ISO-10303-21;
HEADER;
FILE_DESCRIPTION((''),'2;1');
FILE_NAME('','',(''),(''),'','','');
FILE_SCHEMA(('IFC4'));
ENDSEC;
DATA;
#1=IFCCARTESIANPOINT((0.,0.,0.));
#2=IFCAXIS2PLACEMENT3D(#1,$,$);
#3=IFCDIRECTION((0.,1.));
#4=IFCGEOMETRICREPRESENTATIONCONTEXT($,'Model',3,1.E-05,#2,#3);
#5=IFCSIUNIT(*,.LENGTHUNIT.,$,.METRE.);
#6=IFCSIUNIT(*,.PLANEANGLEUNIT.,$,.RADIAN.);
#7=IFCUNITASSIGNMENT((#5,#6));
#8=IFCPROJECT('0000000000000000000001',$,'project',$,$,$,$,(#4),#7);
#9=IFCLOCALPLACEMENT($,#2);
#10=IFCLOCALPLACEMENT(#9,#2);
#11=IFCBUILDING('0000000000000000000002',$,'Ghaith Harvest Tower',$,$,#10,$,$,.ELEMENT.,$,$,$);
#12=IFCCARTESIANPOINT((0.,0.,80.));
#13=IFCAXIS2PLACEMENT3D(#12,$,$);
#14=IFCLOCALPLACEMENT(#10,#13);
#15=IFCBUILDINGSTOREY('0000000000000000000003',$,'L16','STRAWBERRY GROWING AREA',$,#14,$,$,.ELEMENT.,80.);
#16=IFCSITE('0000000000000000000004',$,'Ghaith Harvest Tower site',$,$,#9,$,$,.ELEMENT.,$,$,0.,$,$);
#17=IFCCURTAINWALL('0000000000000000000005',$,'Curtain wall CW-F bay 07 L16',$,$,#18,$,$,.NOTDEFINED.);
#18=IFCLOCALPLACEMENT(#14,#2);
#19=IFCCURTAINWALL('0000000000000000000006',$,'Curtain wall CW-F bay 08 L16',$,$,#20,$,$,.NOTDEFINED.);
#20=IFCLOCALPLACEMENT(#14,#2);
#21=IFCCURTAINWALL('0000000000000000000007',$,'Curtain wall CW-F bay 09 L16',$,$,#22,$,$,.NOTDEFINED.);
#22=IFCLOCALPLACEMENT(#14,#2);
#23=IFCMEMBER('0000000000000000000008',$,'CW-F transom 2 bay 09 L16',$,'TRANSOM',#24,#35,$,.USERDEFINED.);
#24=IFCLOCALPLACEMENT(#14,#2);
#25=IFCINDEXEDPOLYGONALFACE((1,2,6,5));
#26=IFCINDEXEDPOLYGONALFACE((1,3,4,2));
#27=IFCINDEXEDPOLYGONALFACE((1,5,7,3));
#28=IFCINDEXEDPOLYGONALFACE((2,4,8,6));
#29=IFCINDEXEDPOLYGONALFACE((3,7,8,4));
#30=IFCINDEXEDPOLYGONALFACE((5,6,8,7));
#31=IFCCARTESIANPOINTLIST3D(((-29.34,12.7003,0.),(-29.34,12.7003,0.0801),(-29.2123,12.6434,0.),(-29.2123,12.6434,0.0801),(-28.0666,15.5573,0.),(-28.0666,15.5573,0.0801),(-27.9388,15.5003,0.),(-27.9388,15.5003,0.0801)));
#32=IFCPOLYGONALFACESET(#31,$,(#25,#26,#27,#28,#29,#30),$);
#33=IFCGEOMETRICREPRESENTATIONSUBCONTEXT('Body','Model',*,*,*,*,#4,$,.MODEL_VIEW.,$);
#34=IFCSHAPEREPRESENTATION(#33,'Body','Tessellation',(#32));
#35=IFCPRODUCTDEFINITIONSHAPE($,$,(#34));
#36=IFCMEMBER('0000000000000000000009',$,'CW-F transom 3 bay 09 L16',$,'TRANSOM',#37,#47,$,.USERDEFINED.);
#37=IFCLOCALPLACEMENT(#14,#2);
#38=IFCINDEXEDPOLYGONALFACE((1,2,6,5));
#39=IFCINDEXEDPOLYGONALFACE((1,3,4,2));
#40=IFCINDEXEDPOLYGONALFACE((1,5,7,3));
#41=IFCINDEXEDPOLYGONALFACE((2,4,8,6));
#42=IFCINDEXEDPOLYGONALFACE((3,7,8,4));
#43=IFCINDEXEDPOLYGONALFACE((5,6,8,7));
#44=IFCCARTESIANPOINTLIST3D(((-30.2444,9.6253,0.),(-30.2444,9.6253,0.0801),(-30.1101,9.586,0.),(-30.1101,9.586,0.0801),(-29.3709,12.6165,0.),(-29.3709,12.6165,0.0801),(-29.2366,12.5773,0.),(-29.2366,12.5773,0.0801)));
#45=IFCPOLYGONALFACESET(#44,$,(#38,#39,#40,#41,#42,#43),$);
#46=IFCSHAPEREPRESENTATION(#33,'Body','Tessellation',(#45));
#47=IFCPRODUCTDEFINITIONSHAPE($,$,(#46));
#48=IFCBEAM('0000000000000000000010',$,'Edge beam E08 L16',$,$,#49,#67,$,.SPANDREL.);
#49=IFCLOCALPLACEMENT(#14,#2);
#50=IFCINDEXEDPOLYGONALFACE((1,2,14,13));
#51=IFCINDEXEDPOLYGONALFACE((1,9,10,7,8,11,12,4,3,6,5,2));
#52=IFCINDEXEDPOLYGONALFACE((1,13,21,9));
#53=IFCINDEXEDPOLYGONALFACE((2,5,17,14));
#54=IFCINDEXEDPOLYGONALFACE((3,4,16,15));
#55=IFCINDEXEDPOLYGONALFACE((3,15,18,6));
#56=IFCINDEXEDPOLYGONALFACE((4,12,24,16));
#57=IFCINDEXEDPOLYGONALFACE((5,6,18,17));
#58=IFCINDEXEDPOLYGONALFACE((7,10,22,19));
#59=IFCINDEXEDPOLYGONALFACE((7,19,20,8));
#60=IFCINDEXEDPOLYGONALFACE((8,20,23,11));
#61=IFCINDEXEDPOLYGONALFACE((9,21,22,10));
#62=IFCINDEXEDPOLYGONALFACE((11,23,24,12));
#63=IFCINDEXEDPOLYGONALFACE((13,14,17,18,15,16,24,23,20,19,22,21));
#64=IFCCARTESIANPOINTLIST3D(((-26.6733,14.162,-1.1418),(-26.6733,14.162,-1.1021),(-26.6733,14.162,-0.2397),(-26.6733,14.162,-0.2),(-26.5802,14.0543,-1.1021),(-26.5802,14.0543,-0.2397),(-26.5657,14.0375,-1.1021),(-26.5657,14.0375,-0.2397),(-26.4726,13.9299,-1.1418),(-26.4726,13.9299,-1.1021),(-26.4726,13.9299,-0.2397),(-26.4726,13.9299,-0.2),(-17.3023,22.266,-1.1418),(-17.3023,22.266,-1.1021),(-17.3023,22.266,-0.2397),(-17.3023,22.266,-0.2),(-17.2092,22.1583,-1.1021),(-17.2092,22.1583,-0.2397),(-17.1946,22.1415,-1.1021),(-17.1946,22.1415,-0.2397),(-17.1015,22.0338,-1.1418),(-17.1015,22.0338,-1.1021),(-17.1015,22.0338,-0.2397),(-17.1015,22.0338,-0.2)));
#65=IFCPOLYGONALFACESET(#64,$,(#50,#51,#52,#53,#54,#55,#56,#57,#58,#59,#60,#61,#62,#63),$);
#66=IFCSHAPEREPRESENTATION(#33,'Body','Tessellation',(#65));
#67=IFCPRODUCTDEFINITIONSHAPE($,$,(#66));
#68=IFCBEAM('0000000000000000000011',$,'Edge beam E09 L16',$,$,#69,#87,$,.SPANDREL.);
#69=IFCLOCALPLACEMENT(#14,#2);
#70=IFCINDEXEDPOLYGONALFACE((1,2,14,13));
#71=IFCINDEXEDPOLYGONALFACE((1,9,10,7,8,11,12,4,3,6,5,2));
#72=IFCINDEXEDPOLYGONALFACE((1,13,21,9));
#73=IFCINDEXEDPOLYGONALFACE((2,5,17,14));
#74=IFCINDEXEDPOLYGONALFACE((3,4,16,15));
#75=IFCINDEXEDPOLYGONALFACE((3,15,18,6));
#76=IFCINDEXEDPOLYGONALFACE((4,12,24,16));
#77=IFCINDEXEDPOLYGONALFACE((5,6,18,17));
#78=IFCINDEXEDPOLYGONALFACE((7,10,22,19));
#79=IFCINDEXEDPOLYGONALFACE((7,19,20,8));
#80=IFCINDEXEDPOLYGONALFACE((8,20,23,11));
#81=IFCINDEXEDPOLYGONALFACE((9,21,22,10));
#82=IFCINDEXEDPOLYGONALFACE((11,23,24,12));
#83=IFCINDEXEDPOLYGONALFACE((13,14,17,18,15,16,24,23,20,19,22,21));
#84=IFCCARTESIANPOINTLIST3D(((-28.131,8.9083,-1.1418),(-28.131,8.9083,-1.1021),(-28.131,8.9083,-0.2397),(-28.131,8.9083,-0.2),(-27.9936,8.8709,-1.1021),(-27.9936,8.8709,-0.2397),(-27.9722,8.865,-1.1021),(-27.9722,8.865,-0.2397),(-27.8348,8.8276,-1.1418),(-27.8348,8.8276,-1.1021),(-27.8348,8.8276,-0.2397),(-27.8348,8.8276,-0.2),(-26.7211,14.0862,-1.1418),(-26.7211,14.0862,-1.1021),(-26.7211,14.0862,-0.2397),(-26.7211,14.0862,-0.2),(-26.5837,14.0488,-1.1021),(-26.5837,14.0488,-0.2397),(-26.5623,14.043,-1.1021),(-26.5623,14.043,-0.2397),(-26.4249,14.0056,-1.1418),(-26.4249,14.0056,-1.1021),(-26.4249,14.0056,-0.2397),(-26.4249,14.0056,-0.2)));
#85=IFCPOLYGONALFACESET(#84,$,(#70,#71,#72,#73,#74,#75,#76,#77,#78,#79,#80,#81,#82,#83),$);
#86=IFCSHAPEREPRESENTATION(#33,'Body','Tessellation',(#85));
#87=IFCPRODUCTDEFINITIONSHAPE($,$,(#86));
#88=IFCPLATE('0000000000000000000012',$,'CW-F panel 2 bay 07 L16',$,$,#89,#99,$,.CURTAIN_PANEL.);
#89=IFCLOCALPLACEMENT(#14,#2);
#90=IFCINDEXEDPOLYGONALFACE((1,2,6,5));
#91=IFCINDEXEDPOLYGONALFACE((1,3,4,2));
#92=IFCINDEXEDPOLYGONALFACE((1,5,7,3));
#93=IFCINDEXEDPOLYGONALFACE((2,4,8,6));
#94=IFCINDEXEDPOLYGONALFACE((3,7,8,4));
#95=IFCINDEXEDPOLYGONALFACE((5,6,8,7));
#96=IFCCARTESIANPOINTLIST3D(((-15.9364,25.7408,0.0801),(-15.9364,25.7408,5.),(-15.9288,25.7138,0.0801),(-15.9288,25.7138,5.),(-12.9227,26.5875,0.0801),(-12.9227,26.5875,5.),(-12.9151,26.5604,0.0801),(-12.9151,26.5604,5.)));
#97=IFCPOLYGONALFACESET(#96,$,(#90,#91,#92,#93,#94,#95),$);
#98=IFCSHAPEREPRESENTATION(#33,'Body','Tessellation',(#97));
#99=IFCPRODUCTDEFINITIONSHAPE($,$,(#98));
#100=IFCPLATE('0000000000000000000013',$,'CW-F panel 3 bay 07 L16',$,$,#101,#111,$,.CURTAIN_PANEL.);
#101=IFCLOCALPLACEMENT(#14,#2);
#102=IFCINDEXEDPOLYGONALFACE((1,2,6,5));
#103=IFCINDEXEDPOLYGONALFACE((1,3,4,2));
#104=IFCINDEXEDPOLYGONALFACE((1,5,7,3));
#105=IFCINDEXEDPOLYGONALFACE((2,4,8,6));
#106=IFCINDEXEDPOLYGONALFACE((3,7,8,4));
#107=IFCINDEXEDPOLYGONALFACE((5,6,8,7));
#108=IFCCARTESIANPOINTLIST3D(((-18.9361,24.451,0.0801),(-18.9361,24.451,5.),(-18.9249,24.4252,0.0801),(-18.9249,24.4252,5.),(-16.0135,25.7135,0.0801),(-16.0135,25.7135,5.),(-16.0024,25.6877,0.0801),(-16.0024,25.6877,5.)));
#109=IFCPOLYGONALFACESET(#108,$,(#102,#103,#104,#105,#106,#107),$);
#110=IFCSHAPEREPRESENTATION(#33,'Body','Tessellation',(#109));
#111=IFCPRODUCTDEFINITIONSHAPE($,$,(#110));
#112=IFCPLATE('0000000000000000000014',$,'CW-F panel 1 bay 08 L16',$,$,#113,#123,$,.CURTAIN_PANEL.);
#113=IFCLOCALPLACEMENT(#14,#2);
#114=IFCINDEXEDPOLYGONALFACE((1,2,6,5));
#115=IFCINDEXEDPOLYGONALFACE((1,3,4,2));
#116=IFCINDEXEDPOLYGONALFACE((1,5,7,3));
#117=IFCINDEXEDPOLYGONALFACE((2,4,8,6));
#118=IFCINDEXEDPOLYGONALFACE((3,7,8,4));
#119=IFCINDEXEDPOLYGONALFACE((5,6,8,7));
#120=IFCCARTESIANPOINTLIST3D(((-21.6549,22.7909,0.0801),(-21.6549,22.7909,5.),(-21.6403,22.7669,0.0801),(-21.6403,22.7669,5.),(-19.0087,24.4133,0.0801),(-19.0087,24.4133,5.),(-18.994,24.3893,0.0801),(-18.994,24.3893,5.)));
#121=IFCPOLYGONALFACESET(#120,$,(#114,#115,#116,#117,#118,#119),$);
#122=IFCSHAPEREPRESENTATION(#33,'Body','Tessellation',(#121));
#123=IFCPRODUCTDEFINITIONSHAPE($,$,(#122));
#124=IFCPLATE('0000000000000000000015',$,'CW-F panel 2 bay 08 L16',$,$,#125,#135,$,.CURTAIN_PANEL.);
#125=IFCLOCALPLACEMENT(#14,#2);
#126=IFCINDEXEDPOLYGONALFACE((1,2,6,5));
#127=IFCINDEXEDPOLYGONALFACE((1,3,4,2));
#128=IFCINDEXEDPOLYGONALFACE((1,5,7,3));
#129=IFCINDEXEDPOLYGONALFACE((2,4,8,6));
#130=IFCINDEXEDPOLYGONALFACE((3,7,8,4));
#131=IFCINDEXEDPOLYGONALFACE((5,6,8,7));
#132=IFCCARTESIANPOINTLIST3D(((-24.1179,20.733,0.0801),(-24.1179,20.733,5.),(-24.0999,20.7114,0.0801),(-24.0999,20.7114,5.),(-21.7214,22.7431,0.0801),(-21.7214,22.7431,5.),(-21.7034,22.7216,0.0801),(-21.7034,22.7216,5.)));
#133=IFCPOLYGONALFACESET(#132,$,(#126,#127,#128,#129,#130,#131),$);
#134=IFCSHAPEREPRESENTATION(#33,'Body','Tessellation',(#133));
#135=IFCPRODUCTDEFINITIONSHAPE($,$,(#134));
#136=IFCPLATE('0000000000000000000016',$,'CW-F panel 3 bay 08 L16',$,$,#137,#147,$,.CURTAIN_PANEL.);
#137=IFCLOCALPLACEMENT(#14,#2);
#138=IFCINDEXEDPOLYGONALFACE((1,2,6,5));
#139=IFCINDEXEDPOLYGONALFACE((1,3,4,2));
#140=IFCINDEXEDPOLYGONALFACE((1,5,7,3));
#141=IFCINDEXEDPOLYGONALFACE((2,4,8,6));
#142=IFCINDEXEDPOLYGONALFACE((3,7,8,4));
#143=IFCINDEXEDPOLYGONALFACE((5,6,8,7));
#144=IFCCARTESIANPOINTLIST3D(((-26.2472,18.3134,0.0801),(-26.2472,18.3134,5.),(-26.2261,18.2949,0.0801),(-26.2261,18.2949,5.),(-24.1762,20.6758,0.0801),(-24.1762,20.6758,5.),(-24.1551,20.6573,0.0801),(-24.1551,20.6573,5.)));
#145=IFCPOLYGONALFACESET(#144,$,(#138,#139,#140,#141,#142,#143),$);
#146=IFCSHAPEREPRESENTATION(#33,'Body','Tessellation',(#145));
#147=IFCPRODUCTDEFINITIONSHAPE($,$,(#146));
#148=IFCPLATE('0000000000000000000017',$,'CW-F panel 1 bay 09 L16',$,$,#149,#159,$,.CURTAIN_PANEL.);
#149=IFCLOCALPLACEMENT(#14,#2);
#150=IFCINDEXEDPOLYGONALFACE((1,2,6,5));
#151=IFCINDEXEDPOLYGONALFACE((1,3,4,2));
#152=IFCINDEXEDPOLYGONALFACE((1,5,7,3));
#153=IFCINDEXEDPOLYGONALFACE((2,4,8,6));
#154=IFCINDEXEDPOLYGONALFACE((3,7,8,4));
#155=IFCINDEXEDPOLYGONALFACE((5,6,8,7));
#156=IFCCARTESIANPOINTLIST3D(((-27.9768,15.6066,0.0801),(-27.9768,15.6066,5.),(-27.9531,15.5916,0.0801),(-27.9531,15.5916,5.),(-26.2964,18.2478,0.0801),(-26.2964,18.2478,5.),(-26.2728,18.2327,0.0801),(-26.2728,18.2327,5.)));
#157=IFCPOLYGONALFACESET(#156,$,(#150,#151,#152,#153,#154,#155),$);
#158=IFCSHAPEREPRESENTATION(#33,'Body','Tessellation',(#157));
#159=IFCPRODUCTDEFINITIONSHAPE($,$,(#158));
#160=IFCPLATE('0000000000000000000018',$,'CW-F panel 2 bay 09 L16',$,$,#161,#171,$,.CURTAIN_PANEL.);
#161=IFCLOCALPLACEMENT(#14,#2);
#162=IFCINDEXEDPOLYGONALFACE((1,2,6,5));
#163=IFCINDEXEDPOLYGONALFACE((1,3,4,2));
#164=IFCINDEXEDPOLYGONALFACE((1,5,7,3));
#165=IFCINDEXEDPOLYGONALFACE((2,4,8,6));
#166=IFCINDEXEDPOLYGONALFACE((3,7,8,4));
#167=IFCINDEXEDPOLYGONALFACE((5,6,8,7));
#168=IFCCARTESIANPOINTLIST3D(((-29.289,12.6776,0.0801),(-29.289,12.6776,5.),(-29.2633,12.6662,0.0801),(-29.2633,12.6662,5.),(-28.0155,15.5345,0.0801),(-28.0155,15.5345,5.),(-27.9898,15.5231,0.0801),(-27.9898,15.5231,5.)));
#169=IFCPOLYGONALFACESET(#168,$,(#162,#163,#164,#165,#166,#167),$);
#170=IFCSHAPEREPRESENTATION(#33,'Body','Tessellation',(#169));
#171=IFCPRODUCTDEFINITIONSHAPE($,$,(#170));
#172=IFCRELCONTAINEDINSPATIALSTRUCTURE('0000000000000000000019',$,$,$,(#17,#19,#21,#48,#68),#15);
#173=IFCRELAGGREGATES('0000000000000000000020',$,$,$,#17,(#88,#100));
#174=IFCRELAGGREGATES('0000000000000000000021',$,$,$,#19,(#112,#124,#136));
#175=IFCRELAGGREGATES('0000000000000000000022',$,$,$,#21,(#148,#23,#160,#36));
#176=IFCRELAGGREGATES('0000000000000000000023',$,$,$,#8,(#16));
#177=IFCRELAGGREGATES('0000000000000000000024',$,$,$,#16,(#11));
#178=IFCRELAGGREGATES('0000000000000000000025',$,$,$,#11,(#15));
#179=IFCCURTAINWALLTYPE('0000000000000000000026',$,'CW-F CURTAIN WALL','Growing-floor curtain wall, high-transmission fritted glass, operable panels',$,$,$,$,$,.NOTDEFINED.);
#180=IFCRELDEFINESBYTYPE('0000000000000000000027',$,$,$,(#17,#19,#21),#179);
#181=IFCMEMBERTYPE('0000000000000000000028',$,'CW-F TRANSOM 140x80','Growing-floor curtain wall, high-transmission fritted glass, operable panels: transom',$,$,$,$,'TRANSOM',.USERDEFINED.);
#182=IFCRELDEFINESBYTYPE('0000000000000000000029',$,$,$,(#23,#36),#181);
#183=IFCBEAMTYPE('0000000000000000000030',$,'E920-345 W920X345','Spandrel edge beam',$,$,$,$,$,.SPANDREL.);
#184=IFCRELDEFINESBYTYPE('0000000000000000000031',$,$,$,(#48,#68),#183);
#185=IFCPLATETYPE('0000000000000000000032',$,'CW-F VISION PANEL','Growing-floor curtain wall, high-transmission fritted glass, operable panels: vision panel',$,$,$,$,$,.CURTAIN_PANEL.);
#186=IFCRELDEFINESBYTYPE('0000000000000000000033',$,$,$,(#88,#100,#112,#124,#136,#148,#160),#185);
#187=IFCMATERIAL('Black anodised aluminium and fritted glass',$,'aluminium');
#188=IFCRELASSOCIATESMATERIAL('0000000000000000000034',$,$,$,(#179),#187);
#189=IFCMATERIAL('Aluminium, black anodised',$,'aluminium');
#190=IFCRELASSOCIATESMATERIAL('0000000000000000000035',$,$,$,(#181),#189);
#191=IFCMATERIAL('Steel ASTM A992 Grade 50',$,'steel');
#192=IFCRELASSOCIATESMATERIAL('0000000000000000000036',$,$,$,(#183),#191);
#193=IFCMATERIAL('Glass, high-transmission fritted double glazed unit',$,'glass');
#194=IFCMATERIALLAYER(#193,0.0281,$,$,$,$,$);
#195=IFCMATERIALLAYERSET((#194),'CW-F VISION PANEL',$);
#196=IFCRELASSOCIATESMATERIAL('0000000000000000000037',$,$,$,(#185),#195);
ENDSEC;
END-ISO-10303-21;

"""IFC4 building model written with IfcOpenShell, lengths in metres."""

from ifc_helpers import new_model, si_unit, direction, frame, origin, origin_2d, place, context, subcontext, project, spatial, rectangle, i_section, extrude, material, layer, layer_set, material_profile, profile_set, type_object, element, aggregate, save


model = new_model("IFC4")

# Units and contexts
model_context = context("Model", 3, precision=1e-05, world=origin(), true_north=direction((0.0, 1.0)))
body_context = subcontext(model_context, "Body", "Model", "MODEL_VIEW")
ifc_project = project(units=[si_unit("LENGTHUNIT", "METRE"), si_unit("PLANEANGLEUNIT", "RADIAN")], contexts=[model_context])

# Site, building, storey
site_placement = place(None, origin())
site = spatial("IfcSite", under=ifc_project, at=site_placement, Name="Ghaith Harvest Tower site", CompositionType="ELEMENT", RefElevation=0.0)
building_placement = place(site_placement, origin())
building = spatial("IfcBuilding", under=site, at=building_placement, Name="Ghaith Harvest Tower", CompositionType="ELEMENT")
storey_placement = place(building_placement, frame((0.0, 0.0, 80.0)))
storey = spatial("IfcBuildingStorey", under=building, at=storey_placement, Name="L16", Description="STRAWBERRY GROWING AREA", CompositionType="ELEMENT", Elevation=80.0)

# Curtain wall
ifc_material_1 = material(Name="Black anodised aluminium and fritted glass", Category="aluminium")
curtain_wall_type = type_object("IfcCurtainWallType", Name="CW-F CURTAIN WALL", Description="Growing-floor curtain wall, high-transmission fritted glass, operable panels", PredefinedType="NOTDEFINED", material=ifc_material_1)
curtain_wall_1_placement = place(storey_placement, origin())
curtain_wall_1 = element("IfcCurtainWall", 1, at=curtain_wall_1_placement, inside=storey, type_object=curtain_wall_type, Name="Curtain wall CW-F bay 07 L16", PredefinedType="NOTDEFINED")

# Curtain walls
curtain_wall_2_placement = place(storey_placement, origin())
curtain_wall_2 = element("IfcCurtainWall", 2, at=curtain_wall_2_placement, inside=storey, type_object=curtain_wall_type, Name="Curtain wall CW-F bay 08 L16", PredefinedType="NOTDEFINED")
curtain_wall_3_placement = place(storey_placement, origin())
curtain_wall_3 = element("IfcCurtainWall", 3, at=curtain_wall_3_placement, inside=storey, type_object=curtain_wall_type, Name="Curtain wall CW-F bay 09 L16", PredefinedType="NOTDEFINED")

# Members
ifc_material_2 = material(Name="Aluminium, black anodised", Category="aluminium")
ifc_material_profile_1 = material_profile(ifc_material_2, rectangle(XDim=0.1399, YDim=0.0801, at=origin_2d()), Name="CW-F TRANSOM 140x80")
ifc_profile_set_1 = profile_set([ifc_material_profile_1], Name="Aluminium, black anodised")
member_type_1 = type_object("IfcMemberType", Name="CW-F TRANSOM 140x80", Description="Growing-floor curtain wall, high-transmission fritted glass, operable panels: transom", ElementType="TRANSOM", PredefinedType="USERDEFINED", material=ifc_profile_set_1)
member_1_placement = place(storey_placement, frame((-28.0027, 15.5288, 0.04), z_axis=(-0.407123, -0.913373, 0.0), x_axis=(0.913373, -0.407123, 0.0)))
member_1 = element("IfcMember", 4, at=member_1_placement, type_object=member_type_1, Name="CW-F transom 2 bay 09 L16", ObjectType="TRANSOM", PredefinedType="USERDEFINED", context=body_context, shape_type="SweptSolid", body=[
    extrude(rectangle(XDim=0.1399, YDim=0.0801, at=origin_2d()), origin(), (0.0, 0.0, 1.0), 3.1279),
])
member_2_placement = place(storey_placement, frame((-29.3037, 12.5969, 0.04), z_axis=(-0.280325, -0.959905, 0.0), x_axis=(0.959905, -0.280325, 0.0)))
member_2 = element("IfcMember", 5, at=member_2_placement, type_object=member_type_1, Name="CW-F transom 3 bay 09 L16", ObjectType="TRANSOM", PredefinedType="USERDEFINED", context=body_context, shape_type="SweptSolid", body=[
    extrude(rectangle(XDim=0.1399, YDim=0.0801, at=origin_2d()), origin(), (0.0, 0.0, 1.0), 3.1162),
])

# Beams
ifc_material_3 = material(Name="Steel ASTM A992 Grade 50", Category="steel")
ifc_material_profile_2 = material_profile(ifc_material_3, i_section(OverallWidth=0.3069, OverallDepth=0.9419, WebThickness=0.0222, FlangeThickness=0.0398, at=origin_2d()), Name="W920X345")
ifc_profile_set_2 = profile_set([ifc_material_profile_2], Name="Steel ASTM A992 Grade 50")
beam_type = type_object("IfcBeamType", Name="E920-345 W920X345", Description="Spandrel edge beam", PredefinedType="SPANDREL", material=ifc_profile_set_2)
beam_1_placement = place(storey_placement, frame((-17.2019, 22.1499, -0.6709), z_axis=(-0.756392, -0.654118, 0.0), x_axis=(0.654118, -0.756392, 0.0)))
element("IfcBeam", 6, at=beam_1_placement, inside=storey, type_object=beam_type, Name="Edge beam E08 L16", PredefinedType="SPANDREL", context=body_context, shape_type="SweptSolid", body=[
    extrude(i_section(OverallWidth=0.3069, OverallDepth=0.9419, WebThickness=0.0222, FlangeThickness=0.0398, at=origin_2d()), origin(), (0.0, 0.0, 1.0), 12.3892),
])
beam_2_placement = place(storey_placement, frame((-26.573, 14.0459, -0.6709), z_axis=(-0.262725, -0.964871, 0.0), x_axis=(0.964871, -0.262725, 0.0)))
element("IfcBeam", 7, at=beam_2_placement, inside=storey, type_object=beam_type, Name="Edge beam E09 L16", PredefinedType="SPANDREL", context=body_context, shape_type="SweptSolid", body=[
    extrude(i_section(OverallWidth=0.3069, OverallDepth=0.9419, WebThickness=0.0222, FlangeThickness=0.0398, at=origin_2d()), origin(), (0.0, 0.0, 1.0), 5.3665),
])

# Plates
ifc_material_4 = material(Name="Glass, high-transmission fritted double glazed unit", Category="glass")
ifc_layer_1 = layer(ifc_material_4, 0.0281)
ifc_layer_set_1 = layer_set([ifc_layer_1], Name="CW-F VISION PANEL")
plate_type = type_object("IfcPlateType", Name="CW-F VISION PANEL", Description="Growing-floor curtain wall, high-transmission fritted glass, operable panels: vision panel", PredefinedType="CURTAIN_PANEL", material=ifc_layer_set_1)
plate_1_placement = place(storey_placement, frame((-14.4258, 26.1506, 0.0801), z_axis=(0.0, 0.0, 1.0), x_axis=(-0.96273, -0.270465, 0.0)))
plate_1 = element("IfcPlate", 8, at=plate_1_placement, type_object=plate_type, Name="CW-F panel 2 bay 07 L16", PredefinedType="CURTAIN_PANEL", context=body_context, shape_type="SweptSolid", body=[
    extrude(rectangle(XDim=3.1304, YDim=0.0281, at=origin_2d()), origin(), (0.0, 0.0, 1.0), 4.9199),
])
plate_2_placement = place(storey_placement, frame((-17.4692, 25.0693, 0.0801), z_axis=(0.0, 0.0, 1.0), x_axis=(-0.918003, -0.396574, 0.0)))
plate_2 = element("IfcPlate", 9, at=plate_2_placement, type_object=plate_type, Name="CW-F panel 3 bay 07 L16", PredefinedType="CURTAIN_PANEL", context=body_context, shape_type="SweptSolid", body=[
    extrude(rectangle(XDim=3.1836, YDim=0.0281, at=origin_2d()), origin(), (0.0, 0.0, 1.0), 4.9199),
])
aggregate(curtain_wall_1, [plate_1, plate_2])
plate_3_placement = place(storey_placement, frame((-20.3245, 23.5901, 0.0801), z_axis=(0.0, 0.0, 1.0), x_axis=(-0.852528, -0.522682, 0.0)))
plate_3 = element("IfcPlate", 10, at=plate_3_placement, type_object=plate_type, Name="CW-F panel 1 bay 08 L16", PredefinedType="CURTAIN_PANEL", context=body_context, shape_type="SweptSolid", body=[
    extrude(rectangle(XDim=3.104, YDim=0.0281, at=origin_2d()), origin(), (0.0, 0.0, 1.0), 4.9199),
])
plate_4_placement = place(storey_placement, frame((-22.9106, 21.7273, 0.0801), z_axis=(0.0, 0.0, 1.0), x_axis=(-0.766155, -0.642656, 0.0)))
plate_4 = element("IfcPlate", 11, at=plate_4_placement, type_object=plate_type, Name="CW-F panel 2 bay 08 L16", PredefinedType="CURTAIN_PANEL", context=body_context, shape_type="SweptSolid", body=[
    extrude(rectangle(XDim=3.1279, YDim=0.0281, at=origin_2d()), origin(), (0.0, 0.0, 1.0), 4.9199),
])
plate_5_placement = place(storey_placement, frame((-25.2012, 19.4854, 0.0801), z_axis=(0.0, 0.0, 1.0), x_axis=(-0.659216, -0.751954, 0.0)))
plate_5 = element("IfcPlate", 12, at=plate_5_placement, type_object=plate_type, Name="CW-F panel 3 bay 08 L16", PredefinedType="CURTAIN_PANEL", context=body_context, shape_type="SweptSolid", body=[
    extrude(rectangle(XDim=3.1416, YDim=0.0281, at=origin_2d()), origin(), (0.0, 0.0, 1.0), 4.9199),
])
aggregate(curtain_wall_2, [plate_3, plate_4, plate_5])
plate_6_placement = place(storey_placement, frame((-27.1248, 16.9197, 0.0801), z_axis=(0.0, 0.0, 1.0), x_axis=(-0.536779, -0.843723, 0.0)))
plate_6 = element("IfcPlate", 13, at=plate_6_placement, type_object=plate_type, Name="CW-F panel 1 bay 09 L16", PredefinedType="CURTAIN_PANEL", context=body_context, shape_type="SweptSolid", body=[
    extrude(rectangle(XDim=3.1304, YDim=0.0281, at=origin_2d()), origin(), (0.0, 0.0, 1.0), 4.9199),
])
plate_7_placement = place(storey_placement, frame((-28.6394, 14.1003, 0.0801), z_axis=(0.0, 0.0, 1.0), x_axis=(-0.407134, -0.913368, 0.0)))
plate_7 = element("IfcPlate", 14, at=plate_7_placement, type_object=plate_type, Name="CW-F panel 2 bay 09 L16", PredefinedType="CURTAIN_PANEL", context=body_context, shape_type="SweptSolid", body=[
    extrude(rectangle(XDim=3.1279, YDim=0.0281, at=origin_2d()), origin(), (0.0, 0.0, 1.0), 4.9199),
])
aggregate(curtain_wall_3, [plate_6, member_1, plate_7, member_2])

save(model, "model.ifc")
